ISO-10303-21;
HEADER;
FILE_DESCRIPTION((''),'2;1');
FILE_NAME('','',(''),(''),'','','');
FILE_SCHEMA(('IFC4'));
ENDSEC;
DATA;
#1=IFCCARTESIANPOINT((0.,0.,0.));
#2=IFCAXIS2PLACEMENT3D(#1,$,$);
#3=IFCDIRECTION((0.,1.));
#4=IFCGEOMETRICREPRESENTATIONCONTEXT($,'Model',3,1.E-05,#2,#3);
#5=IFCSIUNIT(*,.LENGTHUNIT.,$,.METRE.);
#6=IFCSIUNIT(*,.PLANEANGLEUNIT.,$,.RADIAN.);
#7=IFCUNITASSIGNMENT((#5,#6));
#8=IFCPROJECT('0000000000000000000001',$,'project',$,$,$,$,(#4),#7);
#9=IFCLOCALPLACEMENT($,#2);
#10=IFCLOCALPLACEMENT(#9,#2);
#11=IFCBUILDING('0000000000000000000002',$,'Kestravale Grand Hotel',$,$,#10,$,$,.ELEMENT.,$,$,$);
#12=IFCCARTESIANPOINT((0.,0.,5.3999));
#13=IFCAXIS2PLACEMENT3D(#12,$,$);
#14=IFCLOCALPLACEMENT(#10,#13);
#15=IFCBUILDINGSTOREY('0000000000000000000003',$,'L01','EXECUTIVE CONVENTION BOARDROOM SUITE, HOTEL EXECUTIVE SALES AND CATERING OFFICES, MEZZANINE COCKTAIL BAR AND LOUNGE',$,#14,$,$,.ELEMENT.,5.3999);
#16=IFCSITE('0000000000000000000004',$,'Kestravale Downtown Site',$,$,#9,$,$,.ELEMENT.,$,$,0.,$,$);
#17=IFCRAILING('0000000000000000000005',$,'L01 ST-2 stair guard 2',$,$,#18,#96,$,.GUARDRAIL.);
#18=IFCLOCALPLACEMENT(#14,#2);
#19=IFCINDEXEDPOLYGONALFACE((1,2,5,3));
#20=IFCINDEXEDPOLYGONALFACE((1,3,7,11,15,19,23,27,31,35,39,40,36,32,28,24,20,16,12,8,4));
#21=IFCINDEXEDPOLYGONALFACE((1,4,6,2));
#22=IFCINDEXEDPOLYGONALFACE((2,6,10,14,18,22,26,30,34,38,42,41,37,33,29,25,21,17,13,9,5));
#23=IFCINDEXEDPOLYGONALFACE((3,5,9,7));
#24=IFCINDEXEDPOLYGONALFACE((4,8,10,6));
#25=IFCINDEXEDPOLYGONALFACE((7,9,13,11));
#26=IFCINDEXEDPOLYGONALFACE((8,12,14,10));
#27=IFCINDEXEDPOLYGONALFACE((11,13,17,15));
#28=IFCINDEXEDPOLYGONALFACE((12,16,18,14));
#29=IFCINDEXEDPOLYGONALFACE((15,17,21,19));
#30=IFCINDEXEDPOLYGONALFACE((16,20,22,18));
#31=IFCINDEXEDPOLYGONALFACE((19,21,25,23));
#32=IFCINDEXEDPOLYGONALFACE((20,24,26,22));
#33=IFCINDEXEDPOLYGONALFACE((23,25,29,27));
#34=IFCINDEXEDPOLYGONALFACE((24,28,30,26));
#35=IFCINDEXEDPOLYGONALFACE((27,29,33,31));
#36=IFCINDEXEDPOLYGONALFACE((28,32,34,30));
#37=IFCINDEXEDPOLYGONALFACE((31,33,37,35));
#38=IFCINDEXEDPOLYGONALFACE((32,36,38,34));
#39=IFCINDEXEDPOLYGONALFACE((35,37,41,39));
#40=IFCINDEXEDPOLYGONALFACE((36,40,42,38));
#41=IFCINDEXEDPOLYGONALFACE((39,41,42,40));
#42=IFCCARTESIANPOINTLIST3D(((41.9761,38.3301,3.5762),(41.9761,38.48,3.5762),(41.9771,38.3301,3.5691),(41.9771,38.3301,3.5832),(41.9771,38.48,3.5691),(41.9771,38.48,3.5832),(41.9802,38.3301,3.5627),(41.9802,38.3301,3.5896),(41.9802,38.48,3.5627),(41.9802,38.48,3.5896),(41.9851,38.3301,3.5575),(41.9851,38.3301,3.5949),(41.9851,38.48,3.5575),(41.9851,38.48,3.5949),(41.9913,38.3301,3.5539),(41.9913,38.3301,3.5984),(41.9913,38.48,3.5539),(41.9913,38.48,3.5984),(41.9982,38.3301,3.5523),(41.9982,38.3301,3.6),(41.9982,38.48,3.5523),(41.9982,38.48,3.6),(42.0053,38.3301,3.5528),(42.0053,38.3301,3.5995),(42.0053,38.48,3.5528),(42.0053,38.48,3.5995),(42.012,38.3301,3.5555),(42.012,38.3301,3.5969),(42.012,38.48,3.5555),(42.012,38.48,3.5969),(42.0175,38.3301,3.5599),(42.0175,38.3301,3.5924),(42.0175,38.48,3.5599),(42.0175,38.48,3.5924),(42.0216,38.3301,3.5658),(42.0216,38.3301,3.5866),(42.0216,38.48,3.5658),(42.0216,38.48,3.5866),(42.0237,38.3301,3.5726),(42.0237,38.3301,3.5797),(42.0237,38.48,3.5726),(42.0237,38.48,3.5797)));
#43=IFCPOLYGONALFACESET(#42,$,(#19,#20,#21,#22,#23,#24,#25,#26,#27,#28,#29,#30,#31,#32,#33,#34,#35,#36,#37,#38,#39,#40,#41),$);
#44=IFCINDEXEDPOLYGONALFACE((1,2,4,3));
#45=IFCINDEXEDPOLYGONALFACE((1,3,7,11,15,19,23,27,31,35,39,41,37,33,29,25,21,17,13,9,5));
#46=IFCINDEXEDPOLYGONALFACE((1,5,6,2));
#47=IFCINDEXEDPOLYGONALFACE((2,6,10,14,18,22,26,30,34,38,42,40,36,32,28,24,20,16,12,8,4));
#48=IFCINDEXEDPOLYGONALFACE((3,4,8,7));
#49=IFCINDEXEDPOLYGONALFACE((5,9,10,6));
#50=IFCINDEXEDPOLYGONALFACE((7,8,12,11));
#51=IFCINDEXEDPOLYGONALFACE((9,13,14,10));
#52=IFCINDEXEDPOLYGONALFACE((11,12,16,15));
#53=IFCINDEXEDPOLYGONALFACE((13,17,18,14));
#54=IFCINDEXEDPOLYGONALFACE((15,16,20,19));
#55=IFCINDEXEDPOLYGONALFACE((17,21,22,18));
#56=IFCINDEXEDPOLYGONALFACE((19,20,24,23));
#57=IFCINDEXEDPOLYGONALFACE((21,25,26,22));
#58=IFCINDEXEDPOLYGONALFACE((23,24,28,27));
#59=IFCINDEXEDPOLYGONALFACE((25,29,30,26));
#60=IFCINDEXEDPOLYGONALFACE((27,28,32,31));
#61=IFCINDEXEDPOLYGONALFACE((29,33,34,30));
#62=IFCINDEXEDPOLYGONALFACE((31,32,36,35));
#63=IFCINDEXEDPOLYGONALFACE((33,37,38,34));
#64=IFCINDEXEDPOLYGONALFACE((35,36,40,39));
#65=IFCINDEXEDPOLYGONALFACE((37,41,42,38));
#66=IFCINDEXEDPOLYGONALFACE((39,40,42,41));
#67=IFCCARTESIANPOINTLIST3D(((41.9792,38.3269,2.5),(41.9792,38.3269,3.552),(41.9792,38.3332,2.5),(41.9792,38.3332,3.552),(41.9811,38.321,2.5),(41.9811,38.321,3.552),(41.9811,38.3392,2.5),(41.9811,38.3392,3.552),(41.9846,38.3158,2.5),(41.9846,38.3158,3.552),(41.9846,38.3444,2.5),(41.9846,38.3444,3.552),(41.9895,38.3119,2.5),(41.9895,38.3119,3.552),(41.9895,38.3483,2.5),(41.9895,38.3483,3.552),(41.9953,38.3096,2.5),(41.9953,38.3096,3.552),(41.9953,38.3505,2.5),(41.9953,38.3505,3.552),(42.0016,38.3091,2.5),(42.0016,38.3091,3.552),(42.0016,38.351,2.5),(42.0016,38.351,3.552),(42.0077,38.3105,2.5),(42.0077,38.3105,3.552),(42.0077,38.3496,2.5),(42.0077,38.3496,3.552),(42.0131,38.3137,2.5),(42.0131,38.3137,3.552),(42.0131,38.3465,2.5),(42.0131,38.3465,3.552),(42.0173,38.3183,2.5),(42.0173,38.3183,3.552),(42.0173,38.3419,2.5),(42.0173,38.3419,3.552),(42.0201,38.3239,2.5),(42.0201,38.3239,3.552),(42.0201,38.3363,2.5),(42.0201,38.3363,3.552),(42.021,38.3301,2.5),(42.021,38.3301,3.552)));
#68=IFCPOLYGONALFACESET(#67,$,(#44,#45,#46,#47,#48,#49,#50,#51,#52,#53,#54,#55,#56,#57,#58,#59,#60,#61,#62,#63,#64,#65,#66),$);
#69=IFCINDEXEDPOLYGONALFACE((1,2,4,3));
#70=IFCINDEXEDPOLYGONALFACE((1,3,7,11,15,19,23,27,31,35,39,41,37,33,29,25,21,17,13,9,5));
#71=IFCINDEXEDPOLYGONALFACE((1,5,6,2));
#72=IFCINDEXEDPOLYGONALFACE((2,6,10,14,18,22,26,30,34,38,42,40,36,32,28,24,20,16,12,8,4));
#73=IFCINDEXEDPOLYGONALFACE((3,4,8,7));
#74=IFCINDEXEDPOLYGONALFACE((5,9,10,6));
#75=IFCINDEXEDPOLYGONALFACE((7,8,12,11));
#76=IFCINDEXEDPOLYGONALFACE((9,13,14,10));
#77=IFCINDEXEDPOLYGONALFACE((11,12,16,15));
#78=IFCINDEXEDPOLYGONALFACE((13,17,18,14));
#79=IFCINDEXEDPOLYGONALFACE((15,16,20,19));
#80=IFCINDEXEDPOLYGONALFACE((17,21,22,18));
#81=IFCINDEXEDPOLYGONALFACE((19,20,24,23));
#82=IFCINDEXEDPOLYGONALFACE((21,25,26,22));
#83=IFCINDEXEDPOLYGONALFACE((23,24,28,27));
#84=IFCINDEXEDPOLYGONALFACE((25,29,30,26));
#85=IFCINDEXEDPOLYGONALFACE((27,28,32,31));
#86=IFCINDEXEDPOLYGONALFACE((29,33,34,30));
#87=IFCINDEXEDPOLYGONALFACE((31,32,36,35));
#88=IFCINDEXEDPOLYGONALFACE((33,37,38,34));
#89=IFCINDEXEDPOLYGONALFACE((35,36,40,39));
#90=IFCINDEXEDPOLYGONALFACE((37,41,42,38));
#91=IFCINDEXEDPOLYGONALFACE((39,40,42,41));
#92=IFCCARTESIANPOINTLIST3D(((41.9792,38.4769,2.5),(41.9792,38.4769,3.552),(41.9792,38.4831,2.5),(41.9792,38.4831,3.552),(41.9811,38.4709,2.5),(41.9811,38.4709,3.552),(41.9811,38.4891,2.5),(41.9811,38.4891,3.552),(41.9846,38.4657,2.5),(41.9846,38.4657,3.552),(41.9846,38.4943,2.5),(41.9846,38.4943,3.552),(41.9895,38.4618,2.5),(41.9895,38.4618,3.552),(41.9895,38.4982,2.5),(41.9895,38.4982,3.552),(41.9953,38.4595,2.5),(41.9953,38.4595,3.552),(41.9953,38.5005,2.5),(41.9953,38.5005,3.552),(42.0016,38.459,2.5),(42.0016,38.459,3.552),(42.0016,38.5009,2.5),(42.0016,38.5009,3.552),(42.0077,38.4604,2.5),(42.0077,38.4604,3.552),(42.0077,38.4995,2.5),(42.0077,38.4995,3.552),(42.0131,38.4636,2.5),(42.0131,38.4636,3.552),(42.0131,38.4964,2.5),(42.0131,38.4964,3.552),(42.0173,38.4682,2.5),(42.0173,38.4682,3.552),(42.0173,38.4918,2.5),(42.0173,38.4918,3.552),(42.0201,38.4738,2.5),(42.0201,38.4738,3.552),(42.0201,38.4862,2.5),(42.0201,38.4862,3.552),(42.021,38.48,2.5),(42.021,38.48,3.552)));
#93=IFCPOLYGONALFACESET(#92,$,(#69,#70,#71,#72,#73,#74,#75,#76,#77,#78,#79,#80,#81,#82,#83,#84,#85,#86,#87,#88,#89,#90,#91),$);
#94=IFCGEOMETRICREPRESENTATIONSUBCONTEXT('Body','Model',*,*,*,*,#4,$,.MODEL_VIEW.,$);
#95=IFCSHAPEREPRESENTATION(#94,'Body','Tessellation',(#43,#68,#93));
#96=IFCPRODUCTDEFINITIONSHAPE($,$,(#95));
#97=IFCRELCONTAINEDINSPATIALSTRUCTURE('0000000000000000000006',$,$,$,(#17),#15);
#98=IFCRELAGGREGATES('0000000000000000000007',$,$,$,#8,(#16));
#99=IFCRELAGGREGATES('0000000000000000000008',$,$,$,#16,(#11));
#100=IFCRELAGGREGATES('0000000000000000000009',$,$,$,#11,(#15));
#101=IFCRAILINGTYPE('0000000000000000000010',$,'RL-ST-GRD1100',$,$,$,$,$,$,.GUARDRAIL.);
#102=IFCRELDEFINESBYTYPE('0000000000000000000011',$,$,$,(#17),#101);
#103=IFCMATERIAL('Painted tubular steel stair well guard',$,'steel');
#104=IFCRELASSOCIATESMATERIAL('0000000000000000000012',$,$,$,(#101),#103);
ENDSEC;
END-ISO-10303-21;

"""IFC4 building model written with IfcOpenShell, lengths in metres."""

from ifc_helpers import new_model, si_unit, direction, frame, origin, origin_2d, place, context, subcontext, project, spatial, circle, extrude, material, type_object, element, save


model = new_model("IFC4")

# Units and contexts
model_context = context("Model", 3, precision=1e-05, world=origin(), true_north=direction((0.0, 1.0)))
body_context = subcontext(model_context, "Body", "Model", "MODEL_VIEW")
ifc_project = project(units=[si_unit("LENGTHUNIT", "METRE"), si_unit("PLANEANGLEUNIT", "RADIAN")], contexts=[model_context])

# Site, building, storey
site_placement = place(None, origin())
site = spatial("IfcSite", under=ifc_project, at=site_placement, Name="Kestravale Downtown Site", CompositionType="ELEMENT", RefElevation=0.0)
building_placement = place(site_placement, origin())
building = spatial("IfcBuilding", under=site, at=building_placement, Name="Kestravale Grand Hotel", CompositionType="ELEMENT")
storey_placement = place(building_placement, frame((0.0, 0.0, 5.3999)))
storey = spatial("IfcBuildingStorey", under=building, at=storey_placement, Name="L01", Description="EXECUTIVE CONVENTION BOARDROOM SUITE, HOTEL EXECUTIVE SALES AND CATERING OFFICES, MEZZANINE COCKTAIL BAR AND LOUNGE", CompositionType="ELEMENT", Elevation=5.3999)

# Railing
ifc_material_1 = material(Name="Painted tubular steel stair well guard", Category="steel")
railing_type_1 = type_object("IfcRailingType", Name="RL-ST-GRD1100", PredefinedType="GUARDRAIL", material=ifc_material_1)
railing_1_placement = place(storey_placement, frame((42.0, 38.3301, 2.5)))
element("IfcRailing", 1, at=railing_1_placement, inside=storey, type_object=railing_type_1, Name="L01 ST-2 stair guard 2", PredefinedType="GUARDRAIL", context=body_context, shape_type="SweptSolid", body=[
    extrude(circle(Radius=0.0239, at=origin_2d()), frame((0.0, 0.0, 1.0762), z_axis=(0.0, 1.0, 0.0), x_axis=(-1.0, 0.0, 0.0)), (0.0, 0.0, 1.0), 0.1499),
    extrude(circle(Radius=0.021, at=origin_2d()), origin(), (0.0, 0.0, 1.0), 1.052),
    extrude(circle(Radius=0.021, at=origin_2d()), frame((0.0, 0.1499, 0.0)), (0.0, 0.0, 1.0), 1.052),
])

save(model, "model.ifc")
